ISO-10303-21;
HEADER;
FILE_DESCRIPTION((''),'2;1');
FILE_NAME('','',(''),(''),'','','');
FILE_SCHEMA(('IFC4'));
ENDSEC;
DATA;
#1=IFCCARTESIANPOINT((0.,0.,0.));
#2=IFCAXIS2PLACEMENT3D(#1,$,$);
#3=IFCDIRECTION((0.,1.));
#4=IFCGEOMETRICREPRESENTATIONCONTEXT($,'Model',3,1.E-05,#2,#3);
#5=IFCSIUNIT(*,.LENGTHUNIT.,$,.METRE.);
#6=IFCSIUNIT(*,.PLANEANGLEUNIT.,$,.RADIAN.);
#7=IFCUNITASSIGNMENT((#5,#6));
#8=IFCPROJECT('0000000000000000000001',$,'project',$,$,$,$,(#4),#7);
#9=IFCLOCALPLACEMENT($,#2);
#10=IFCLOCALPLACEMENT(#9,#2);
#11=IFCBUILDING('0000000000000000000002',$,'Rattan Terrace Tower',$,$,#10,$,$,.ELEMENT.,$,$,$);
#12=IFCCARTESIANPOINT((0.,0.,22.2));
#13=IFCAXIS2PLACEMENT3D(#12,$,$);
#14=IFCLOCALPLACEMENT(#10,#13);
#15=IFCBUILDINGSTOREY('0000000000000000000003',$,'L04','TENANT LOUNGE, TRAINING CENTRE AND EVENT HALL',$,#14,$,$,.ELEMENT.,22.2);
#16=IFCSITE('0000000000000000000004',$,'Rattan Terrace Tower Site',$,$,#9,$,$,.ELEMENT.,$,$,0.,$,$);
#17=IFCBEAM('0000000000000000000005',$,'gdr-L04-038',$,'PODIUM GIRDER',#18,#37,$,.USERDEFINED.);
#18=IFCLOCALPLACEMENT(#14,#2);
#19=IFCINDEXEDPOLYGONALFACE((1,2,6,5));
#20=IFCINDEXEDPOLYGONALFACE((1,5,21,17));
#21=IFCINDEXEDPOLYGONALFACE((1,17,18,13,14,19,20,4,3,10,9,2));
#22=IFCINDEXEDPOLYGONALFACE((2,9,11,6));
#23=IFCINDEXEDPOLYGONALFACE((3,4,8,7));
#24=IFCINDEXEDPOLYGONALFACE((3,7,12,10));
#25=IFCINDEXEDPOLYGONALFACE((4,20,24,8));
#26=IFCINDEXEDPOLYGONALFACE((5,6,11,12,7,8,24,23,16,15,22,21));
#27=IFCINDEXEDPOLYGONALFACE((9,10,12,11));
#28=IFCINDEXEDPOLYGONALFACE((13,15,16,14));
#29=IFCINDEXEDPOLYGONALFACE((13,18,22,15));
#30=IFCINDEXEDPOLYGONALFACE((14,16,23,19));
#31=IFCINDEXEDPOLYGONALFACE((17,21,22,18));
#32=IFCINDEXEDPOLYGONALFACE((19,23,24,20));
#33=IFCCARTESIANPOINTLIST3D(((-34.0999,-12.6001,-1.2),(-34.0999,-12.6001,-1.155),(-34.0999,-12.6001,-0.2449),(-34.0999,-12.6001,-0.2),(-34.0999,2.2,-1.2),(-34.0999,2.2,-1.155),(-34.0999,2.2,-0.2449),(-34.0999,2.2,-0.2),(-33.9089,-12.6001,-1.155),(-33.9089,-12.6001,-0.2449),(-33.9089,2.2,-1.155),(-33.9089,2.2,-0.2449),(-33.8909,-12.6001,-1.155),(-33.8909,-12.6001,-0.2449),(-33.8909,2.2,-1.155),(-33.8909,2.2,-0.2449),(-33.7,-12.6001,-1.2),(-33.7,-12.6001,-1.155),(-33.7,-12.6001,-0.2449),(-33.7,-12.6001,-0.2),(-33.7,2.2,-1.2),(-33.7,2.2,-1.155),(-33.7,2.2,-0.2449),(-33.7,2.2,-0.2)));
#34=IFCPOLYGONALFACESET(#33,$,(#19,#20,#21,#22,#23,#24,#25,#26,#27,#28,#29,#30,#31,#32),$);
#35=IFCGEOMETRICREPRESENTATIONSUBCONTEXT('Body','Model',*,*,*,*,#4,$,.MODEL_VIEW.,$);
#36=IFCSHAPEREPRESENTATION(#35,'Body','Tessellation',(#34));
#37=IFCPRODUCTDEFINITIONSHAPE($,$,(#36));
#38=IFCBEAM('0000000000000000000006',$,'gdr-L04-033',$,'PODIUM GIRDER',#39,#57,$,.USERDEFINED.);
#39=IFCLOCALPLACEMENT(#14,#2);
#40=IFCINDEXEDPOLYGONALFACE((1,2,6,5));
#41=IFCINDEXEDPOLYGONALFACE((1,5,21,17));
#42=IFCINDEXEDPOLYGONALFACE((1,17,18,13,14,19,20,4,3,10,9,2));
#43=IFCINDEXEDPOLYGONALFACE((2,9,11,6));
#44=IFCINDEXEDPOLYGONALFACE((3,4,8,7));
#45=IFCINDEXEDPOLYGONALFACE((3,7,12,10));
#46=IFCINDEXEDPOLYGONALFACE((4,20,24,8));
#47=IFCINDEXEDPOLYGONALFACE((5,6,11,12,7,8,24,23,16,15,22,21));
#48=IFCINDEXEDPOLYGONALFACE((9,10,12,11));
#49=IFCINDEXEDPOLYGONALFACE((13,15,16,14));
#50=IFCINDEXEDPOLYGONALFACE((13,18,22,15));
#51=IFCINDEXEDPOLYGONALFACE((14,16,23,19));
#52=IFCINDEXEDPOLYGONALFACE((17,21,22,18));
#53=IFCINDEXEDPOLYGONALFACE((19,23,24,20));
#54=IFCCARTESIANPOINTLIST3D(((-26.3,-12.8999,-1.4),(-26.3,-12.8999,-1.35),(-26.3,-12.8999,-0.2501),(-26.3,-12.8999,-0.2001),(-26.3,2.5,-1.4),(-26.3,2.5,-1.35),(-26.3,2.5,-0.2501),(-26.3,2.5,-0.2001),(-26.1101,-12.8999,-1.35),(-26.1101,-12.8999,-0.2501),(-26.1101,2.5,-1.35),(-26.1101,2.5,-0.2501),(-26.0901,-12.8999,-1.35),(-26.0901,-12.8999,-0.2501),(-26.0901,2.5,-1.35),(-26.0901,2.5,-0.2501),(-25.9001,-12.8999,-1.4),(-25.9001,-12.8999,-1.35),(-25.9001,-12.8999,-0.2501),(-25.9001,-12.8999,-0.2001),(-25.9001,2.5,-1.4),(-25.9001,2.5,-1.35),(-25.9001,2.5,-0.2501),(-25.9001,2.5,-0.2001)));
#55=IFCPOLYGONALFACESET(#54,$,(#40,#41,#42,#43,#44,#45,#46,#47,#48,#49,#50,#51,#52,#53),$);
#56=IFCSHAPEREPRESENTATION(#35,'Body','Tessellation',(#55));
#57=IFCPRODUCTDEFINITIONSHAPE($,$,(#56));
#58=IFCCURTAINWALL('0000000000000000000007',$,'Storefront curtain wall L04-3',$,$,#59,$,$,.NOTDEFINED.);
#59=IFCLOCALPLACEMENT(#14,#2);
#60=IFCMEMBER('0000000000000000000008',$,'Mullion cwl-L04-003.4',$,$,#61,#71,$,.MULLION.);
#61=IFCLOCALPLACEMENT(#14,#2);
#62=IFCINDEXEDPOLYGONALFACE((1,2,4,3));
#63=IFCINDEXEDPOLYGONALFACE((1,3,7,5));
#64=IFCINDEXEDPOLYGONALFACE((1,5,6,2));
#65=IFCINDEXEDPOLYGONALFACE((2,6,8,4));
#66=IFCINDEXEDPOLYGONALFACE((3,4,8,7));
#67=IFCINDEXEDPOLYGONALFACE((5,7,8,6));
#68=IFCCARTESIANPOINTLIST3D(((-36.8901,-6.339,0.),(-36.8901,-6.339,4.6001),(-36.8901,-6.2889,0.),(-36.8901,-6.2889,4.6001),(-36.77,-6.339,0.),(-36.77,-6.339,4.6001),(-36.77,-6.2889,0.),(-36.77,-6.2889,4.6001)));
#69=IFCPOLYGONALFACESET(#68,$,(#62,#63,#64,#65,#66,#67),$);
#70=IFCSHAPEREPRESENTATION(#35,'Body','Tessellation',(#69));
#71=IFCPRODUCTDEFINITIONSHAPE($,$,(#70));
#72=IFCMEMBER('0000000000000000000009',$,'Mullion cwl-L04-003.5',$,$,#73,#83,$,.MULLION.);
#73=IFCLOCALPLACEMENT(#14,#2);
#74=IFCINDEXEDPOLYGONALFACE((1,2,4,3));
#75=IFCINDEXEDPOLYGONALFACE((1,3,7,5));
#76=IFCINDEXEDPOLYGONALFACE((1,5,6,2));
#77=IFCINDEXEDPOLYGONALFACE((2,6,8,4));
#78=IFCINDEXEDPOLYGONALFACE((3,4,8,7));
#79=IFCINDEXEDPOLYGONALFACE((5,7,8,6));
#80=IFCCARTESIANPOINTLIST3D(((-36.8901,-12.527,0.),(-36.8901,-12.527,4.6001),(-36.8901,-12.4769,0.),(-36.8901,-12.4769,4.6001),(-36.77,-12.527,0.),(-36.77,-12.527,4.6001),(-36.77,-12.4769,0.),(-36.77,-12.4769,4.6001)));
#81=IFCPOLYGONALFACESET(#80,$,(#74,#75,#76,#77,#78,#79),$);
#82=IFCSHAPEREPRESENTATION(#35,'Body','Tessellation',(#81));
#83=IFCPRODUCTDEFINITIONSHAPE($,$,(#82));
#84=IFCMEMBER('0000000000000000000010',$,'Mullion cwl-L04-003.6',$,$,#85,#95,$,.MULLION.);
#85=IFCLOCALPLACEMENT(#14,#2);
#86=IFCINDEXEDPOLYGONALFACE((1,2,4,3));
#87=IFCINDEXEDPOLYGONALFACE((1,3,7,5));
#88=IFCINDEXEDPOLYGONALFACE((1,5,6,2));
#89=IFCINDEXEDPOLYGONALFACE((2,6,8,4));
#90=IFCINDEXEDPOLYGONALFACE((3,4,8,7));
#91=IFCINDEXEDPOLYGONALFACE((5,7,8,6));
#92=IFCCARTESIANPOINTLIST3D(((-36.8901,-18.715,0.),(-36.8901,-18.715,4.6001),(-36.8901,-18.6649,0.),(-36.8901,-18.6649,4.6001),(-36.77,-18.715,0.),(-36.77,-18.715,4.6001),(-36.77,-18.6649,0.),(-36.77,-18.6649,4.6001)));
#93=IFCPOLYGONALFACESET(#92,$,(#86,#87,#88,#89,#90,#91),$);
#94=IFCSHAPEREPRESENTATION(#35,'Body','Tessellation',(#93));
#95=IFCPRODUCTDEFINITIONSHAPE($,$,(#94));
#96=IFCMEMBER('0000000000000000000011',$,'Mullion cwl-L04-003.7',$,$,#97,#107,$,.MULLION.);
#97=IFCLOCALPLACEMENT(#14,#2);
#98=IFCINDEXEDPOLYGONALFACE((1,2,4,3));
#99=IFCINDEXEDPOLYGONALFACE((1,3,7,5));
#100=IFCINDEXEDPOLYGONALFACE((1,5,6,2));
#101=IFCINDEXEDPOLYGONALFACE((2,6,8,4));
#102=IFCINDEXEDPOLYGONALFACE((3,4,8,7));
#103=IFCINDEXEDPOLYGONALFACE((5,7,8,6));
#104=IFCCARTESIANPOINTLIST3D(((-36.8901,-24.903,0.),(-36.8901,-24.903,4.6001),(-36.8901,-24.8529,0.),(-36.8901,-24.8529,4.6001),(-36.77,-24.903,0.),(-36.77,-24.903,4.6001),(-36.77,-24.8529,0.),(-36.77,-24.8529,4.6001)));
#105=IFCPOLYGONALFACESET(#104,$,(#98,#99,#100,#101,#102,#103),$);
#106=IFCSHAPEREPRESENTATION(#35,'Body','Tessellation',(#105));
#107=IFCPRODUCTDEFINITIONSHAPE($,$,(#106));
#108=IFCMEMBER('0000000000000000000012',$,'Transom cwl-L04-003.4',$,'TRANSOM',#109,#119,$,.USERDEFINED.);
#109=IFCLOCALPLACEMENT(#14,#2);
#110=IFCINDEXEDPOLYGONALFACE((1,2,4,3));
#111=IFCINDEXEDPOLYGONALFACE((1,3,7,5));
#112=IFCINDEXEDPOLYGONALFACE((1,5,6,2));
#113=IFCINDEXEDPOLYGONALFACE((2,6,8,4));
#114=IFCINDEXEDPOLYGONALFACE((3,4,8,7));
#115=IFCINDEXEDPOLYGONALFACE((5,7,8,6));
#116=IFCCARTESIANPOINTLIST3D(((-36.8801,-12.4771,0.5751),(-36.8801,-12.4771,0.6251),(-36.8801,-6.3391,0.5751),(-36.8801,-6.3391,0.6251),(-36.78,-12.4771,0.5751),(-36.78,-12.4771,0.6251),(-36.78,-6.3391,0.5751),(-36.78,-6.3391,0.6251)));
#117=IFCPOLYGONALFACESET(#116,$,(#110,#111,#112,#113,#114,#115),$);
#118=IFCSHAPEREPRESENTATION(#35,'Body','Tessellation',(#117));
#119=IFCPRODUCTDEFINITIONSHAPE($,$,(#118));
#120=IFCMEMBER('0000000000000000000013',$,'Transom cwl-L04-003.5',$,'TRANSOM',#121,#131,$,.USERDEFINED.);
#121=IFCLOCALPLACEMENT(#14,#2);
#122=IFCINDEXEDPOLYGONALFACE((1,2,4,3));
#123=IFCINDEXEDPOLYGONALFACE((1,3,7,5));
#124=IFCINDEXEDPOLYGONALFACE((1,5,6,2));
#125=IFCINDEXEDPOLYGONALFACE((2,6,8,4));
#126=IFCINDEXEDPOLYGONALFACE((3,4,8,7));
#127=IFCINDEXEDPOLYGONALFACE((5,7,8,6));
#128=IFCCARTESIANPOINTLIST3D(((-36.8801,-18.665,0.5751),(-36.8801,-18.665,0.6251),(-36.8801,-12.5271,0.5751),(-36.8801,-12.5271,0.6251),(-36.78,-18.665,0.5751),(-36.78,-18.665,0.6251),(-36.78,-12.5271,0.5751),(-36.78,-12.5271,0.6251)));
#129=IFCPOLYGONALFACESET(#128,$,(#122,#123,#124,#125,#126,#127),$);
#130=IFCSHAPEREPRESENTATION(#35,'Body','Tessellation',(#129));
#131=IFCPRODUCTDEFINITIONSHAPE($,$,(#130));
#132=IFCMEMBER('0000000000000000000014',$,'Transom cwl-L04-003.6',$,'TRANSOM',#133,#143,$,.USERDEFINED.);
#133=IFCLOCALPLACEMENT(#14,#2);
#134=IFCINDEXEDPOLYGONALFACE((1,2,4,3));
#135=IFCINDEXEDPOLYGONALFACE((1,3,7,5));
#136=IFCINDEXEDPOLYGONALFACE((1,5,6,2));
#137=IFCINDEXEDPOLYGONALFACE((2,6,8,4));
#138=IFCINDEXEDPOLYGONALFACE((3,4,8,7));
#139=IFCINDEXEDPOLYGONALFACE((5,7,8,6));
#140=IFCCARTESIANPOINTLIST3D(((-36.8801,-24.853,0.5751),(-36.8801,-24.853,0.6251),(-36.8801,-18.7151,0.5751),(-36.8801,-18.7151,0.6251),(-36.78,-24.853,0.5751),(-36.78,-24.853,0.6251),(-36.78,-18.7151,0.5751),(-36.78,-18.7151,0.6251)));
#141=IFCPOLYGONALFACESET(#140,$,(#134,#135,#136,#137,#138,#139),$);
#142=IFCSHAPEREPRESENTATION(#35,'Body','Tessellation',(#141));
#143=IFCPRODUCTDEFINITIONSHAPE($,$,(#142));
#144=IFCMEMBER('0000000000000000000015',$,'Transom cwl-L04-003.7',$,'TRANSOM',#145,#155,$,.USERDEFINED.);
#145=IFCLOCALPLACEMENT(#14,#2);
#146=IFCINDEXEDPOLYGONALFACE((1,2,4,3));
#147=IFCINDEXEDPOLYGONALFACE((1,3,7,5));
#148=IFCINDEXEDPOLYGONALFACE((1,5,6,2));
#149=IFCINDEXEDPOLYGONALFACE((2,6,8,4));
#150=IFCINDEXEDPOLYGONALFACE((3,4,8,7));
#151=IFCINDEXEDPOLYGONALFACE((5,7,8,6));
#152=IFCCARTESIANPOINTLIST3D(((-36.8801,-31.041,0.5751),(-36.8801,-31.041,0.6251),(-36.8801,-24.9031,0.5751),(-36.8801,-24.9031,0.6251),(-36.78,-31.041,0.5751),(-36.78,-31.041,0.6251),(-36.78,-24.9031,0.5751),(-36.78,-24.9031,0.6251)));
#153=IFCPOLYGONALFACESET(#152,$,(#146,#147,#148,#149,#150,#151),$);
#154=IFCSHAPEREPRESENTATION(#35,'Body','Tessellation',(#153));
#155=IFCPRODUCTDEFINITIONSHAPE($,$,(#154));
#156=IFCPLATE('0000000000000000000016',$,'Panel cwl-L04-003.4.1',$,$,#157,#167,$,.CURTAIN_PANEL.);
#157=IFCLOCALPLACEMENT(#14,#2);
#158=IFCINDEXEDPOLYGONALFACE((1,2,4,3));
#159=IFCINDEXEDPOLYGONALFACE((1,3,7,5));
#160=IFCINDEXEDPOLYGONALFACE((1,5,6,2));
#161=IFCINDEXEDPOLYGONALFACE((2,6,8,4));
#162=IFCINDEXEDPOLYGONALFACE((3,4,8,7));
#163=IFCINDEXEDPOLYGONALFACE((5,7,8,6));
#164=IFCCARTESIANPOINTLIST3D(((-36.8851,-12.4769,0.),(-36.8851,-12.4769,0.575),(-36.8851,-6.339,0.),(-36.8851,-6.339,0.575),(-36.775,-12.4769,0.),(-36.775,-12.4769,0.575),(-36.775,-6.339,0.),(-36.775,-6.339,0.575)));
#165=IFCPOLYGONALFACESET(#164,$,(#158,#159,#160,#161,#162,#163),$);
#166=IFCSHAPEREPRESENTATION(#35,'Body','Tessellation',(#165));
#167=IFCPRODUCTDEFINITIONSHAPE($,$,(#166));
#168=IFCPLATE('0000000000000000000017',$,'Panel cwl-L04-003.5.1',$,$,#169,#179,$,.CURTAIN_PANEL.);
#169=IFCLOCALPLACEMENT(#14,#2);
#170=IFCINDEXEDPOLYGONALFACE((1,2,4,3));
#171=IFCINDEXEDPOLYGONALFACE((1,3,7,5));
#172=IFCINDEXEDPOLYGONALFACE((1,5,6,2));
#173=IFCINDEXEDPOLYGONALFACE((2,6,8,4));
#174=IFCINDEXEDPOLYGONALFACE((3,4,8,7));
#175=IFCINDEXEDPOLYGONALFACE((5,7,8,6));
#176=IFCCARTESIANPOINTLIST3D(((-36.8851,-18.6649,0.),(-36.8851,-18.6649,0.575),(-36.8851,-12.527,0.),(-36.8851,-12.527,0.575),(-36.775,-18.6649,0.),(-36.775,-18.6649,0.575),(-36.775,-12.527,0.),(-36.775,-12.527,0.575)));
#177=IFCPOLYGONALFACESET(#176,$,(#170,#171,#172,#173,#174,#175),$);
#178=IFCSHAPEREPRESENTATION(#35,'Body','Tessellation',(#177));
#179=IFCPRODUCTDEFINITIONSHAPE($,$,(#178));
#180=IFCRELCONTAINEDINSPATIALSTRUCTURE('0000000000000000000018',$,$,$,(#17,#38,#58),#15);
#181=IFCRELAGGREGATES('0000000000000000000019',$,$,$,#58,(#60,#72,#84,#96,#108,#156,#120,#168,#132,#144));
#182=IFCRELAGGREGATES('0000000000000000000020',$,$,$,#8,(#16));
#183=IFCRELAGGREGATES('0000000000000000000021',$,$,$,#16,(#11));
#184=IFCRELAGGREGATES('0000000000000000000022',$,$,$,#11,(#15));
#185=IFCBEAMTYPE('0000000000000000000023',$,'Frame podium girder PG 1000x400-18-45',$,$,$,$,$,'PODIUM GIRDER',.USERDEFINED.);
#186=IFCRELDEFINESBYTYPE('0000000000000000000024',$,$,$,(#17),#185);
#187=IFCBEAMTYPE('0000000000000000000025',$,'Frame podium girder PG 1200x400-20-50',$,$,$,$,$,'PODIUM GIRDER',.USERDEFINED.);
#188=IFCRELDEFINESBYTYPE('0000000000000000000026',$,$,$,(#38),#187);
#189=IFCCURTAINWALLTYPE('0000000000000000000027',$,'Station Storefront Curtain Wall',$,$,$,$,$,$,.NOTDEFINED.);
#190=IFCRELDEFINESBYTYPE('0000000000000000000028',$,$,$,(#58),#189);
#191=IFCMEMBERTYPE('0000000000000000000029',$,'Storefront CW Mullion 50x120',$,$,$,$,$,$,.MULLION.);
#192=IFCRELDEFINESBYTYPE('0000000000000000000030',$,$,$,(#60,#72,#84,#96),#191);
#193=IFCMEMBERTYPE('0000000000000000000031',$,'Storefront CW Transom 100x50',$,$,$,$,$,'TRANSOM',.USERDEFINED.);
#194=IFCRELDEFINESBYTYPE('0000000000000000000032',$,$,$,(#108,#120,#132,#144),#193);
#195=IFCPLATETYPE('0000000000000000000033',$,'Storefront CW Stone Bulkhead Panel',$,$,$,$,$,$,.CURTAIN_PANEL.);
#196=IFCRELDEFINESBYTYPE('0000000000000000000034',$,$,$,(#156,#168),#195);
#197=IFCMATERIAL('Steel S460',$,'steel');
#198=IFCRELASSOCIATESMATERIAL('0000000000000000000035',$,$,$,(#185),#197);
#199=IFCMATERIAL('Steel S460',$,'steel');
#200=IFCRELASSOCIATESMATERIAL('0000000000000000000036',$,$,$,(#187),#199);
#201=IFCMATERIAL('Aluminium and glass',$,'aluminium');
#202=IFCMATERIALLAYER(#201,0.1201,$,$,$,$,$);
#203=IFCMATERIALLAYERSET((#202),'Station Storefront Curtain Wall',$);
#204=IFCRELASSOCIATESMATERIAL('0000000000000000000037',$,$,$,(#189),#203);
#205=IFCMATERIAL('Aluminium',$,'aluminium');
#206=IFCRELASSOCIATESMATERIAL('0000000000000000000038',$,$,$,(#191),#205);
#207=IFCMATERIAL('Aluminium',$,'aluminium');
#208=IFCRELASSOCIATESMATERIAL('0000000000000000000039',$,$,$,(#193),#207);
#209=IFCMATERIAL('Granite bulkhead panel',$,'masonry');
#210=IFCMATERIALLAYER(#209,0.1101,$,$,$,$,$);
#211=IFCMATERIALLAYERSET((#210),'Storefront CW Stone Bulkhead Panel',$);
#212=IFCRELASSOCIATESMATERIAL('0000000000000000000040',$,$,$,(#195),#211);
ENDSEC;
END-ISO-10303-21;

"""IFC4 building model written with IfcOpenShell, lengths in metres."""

from ifc_helpers import new_model, si_unit, direction, frame, origin, origin_2d, place, context, subcontext, project, spatial, rectangle, i_section, extrude, material, layer, layer_set, material_profile, profile_set, type_object, element, aggregate, save


model = new_model("IFC4")

# Units and contexts
model_context = context("Model", 3, precision=1e-05, world=origin(), true_north=direction((0.0, 1.0)))
body_context = subcontext(model_context, "Body", "Model", "MODEL_VIEW")
ifc_project = project(units=[si_unit("LENGTHUNIT", "METRE"), si_unit("PLANEANGLEUNIT", "RADIAN")], contexts=[model_context])

# Site, building, storey
site_placement = place(None, origin())
site = spatial("IfcSite", under=ifc_project, at=site_placement, Name="Rattan Terrace Tower Site", CompositionType="ELEMENT", RefElevation=0.0)
building_placement = place(site_placement, origin())
building = spatial("IfcBuilding", under=site, at=building_placement, Name="Rattan Terrace Tower", CompositionType="ELEMENT")
storey_placement = place(building_placement, frame((0.0, 0.0, 22.2)))
storey = spatial("IfcBuildingStorey", under=building, at=storey_placement, Name="L04", Description="TENANT LOUNGE, TRAINING CENTRE AND EVENT HALL", CompositionType="ELEMENT", Elevation=22.2)

# Beams
ifc_material_1 = material(Name="Steel S460", Category="steel")
ifc_material_profile_1 = material_profile(ifc_material_1, i_section(OverallWidth=0.3999, OverallDepth=1.0, WebThickness=0.0181, FlangeThickness=0.0449, at=origin_2d()), Name="PG 1000x400-18-45")
ifc_profile_set_1 = profile_set([ifc_material_profile_1], Name="Steel S460")
beam_type_1 = type_object("IfcBeamType", Name="Frame podium girder PG 1000x400-18-45", ElementType="PODIUM GIRDER", PredefinedType="USERDEFINED", material=ifc_profile_set_1)
beam_1_placement = place(storey_placement, frame((-33.8999, -12.6001, -0.7), z_axis=(0.0, 1.0, 0.0), x_axis=(-1.0, 0.0, 0.0)))
element("IfcBeam", 1, at=beam_1_placement, inside=storey, type_object=beam_type_1, Name="gdr-L04-038", ObjectType="PODIUM GIRDER", PredefinedType="USERDEFINED", context=body_context, shape_type="SweptSolid", body=[
    extrude(i_section(OverallWidth=0.3999, OverallDepth=1.0, WebThickness=0.0181, FlangeThickness=0.0449, at=origin_2d()), origin(), (0.0, 0.0, 1.0), 14.8),
])
ifc_material_2 = material(Name="Steel S460", Category="steel")
ifc_material_profile_2 = material_profile(ifc_material_2, i_section(OverallWidth=0.3999, OverallDepth=1.2, WebThickness=0.02, FlangeThickness=0.05, at=origin_2d()), Name="PG 1200x400-20-50")
ifc_profile_set_2 = profile_set([ifc_material_profile_2], Name="Steel S460")
beam_type_2 = type_object("IfcBeamType", Name="Frame podium girder PG 1200x400-20-50", ElementType="PODIUM GIRDER", PredefinedType="USERDEFINED", material=ifc_profile_set_2)
beam_2_placement = place(storey_placement, frame((-26.1001, -12.8999, -0.8), z_axis=(0.0, 1.0, 0.0), x_axis=(-1.0, 0.0, 0.0)))
element("IfcBeam", 2, at=beam_2_placement, inside=storey, type_object=beam_type_2, Name="gdr-L04-033", ObjectType="PODIUM GIRDER", PredefinedType="USERDEFINED", context=body_context, shape_type="SweptSolid", body=[
    extrude(i_section(OverallWidth=0.3999, OverallDepth=1.2, WebThickness=0.02, FlangeThickness=0.05, at=origin_2d()), origin(), (0.0, 0.0, 1.0), 15.3999),
])

# Curtain wall, members, plates
ifc_material_3 = material(Name="Aluminium and glass", Category="aluminium")
ifc_layer_1 = layer(ifc_material_3, 0.1201)
ifc_layer_set_1 = layer_set([ifc_layer_1], Name="Station Storefront Curtain Wall")
curtain_wall_type = type_object("IfcCurtainWallType", Name="Station Storefront Curtain Wall", PredefinedType="NOTDEFINED", material=ifc_layer_set_1)
curtain_wall_placement = place(storey_placement, origin())
curtain_wall = element("IfcCurtainWall", 3, at=curtain_wall_placement, inside=storey, type_object=curtain_wall_type, Name="Storefront curtain wall L04-3", PredefinedType="NOTDEFINED")
ifc_material_4 = material(Name="Aluminium", Category="aluminium")
ifc_material_profile_3 = material_profile(ifc_material_4, rectangle(XDim=0.05, YDim=0.1201, at=origin_2d()), Name="Aluminium 50x120")
ifc_profile_set_3 = profile_set([ifc_material_profile_3], Name="Aluminium")
member_type_1 = type_object("IfcMemberType", Name="Storefront CW Mullion 50x120", PredefinedType="MULLION", material=ifc_profile_set_3)
member_1_placement = place(storey_placement, frame((-36.8301, -6.314, 0.0), z_axis=(0.0, 0.0, 1.0), x_axis=(0.0, -1.0, 0.0)))
member_1 = element("IfcMember", 4, at=member_1_placement, type_object=member_type_1, Name="Mullion cwl-L04-003.4", PredefinedType="MULLION", context=body_context, shape_type="SweptSolid", body=[
    extrude(rectangle(XDim=0.05, YDim=0.1201, at=origin_2d()), origin(), (0.0, 0.0, 1.0), 4.6001),
])
member_2_placement = place(storey_placement, frame((-36.8301, -12.502, 0.0), z_axis=(0.0, 0.0, 1.0), x_axis=(0.0, -1.0, 0.0)))
member_2 = element("IfcMember", 5, at=member_2_placement, type_object=member_type_1, Name="Mullion cwl-L04-003.5", PredefinedType="MULLION", context=body_context, shape_type="SweptSolid", body=[
    extrude(rectangle(XDim=0.05, YDim=0.1201, at=origin_2d()), origin(), (0.0, 0.0, 1.0), 4.6001),
])
member_3_placement = place(storey_placement, frame((-36.8301, -18.6899, 0.0), z_axis=(0.0, 0.0, 1.0), x_axis=(0.0, -1.0, 0.0)))
member_3 = element("IfcMember", 6, at=member_3_placement, type_object=member_type_1, Name="Mullion cwl-L04-003.6", PredefinedType="MULLION", context=body_context, shape_type="SweptSolid", body=[
    extrude(rectangle(XDim=0.05, YDim=0.1201, at=origin_2d()), origin(), (0.0, 0.0, 1.0), 4.6001),
])
member_4_placement = place(storey_placement, frame((-36.8301, -24.8779, 0.0), z_axis=(0.0, 0.0, 1.0), x_axis=(0.0, -1.0, 0.0)))
member_4 = element("IfcMember", 7, at=member_4_placement, type_object=member_type_1, Name="Mullion cwl-L04-003.7", PredefinedType="MULLION", context=body_context, shape_type="SweptSolid", body=[
    extrude(rectangle(XDim=0.05, YDim=0.1201, at=origin_2d()), origin(), (0.0, 0.0, 1.0), 4.6001),
])
ifc_material_5 = material(Name="Aluminium", Category="aluminium")
ifc_material_profile_4 = material_profile(ifc_material_5, rectangle(XDim=0.1001, YDim=0.05, at=origin_2d()), Name="Aluminium 100x50")
ifc_profile_set_4 = profile_set([ifc_material_profile_4], Name="Aluminium")
member_type_2 = type_object("IfcMemberType", Name="Storefront CW Transom 100x50", ElementType="TRANSOM", PredefinedType="USERDEFINED", material=ifc_profile_set_4)
member_5_placement = place(storey_placement, frame((-36.8301, -6.3391, 0.6001), z_axis=(0.0, -1.0, 0.0), x_axis=(1.0, 0.0, 0.0)))
member_5 = element("IfcMember", 8, at=member_5_placement, type_object=member_type_2, Name="Transom cwl-L04-003.4", ObjectType="TRANSOM", PredefinedType="USERDEFINED", context=body_context, shape_type="SweptSolid", body=[
    extrude(rectangle(XDim=0.1001, YDim=0.05, at=origin_2d()), origin(), (0.0, 0.0, 1.0), 6.1379),
])
member_6_placement = place(storey_placement, frame((-36.8301, -12.5271, 0.6001), z_axis=(0.0, -1.0, 0.0), x_axis=(1.0, 0.0, 0.0)))
member_6 = element("IfcMember", 9, at=member_6_placement, type_object=member_type_2, Name="Transom cwl-L04-003.5", ObjectType="TRANSOM", PredefinedType="USERDEFINED", context=body_context, shape_type="SweptSolid", body=[
    extrude(rectangle(XDim=0.1001, YDim=0.05, at=origin_2d()), origin(), (0.0, 0.0, 1.0), 6.1379),
])
member_7_placement = place(storey_placement, frame((-36.8301, -18.7151, 0.6001), z_axis=(0.0, -1.0, 0.0), x_axis=(1.0, 0.0, 0.0)))
member_7 = element("IfcMember", 10, at=member_7_placement, type_object=member_type_2, Name="Transom cwl-L04-003.6", ObjectType="TRANSOM", PredefinedType="USERDEFINED", context=body_context, shape_type="SweptSolid", body=[
    extrude(rectangle(XDim=0.1001, YDim=0.05, at=origin_2d()), origin(), (0.0, 0.0, 1.0), 6.1379),
])
member_8_placement = place(storey_placement, frame((-36.8301, -24.9031, 0.6001), z_axis=(0.0, -1.0, 0.0), x_axis=(1.0, 0.0, 0.0)))
member_8 = element("IfcMember", 11, at=member_8_placement, type_object=member_type_2, Name="Transom cwl-L04-003.7", ObjectType="TRANSOM", PredefinedType="USERDEFINED", context=body_context, shape_type="SweptSolid", body=[
    extrude(rectangle(XDim=0.1001, YDim=0.05, at=origin_2d()), origin(), (0.0, 0.0, 1.0), 6.1379),
])
ifc_material_6 = material(Name="Granite bulkhead panel", Category="masonry")
ifc_layer_2 = layer(ifc_material_6, 0.1101)
ifc_layer_set_2 = layer_set([ifc_layer_2], Name="Storefront CW Stone Bulkhead Panel")
plate_type_1 = type_object("IfcPlateType", Name="Storefront CW Stone Bulkhead Panel", PredefinedType="CURTAIN_PANEL", material=ifc_layer_set_2)
plate_1_placement = place(storey_placement, frame((-36.8301, -9.408, 0.0), z_axis=(0.0, 0.0, 1.0), x_axis=(0.0, -1.0, 0.0)))
plate_1 = element("IfcPlate", 12, at=plate_1_placement, type_object=plate_type_1, Name="Panel cwl-L04-003.4.1", PredefinedType="CURTAIN_PANEL", context=body_context, shape_type="SweptSolid", body=[
    extrude(rectangle(XDim=6.1379, YDim=0.1101, at=origin_2d()), origin(), (0.0, 0.0, 1.0), 0.575),
])
plate_2_placement = place(storey_placement, frame((-36.8301, -15.5959, 0.0), z_axis=(0.0, 0.0, 1.0), x_axis=(0.0, -1.0, 0.0)))
plate_2 = element("IfcPlate", 13, at=plate_2_placement, type_object=plate_type_1, Name="Panel cwl-L04-003.5.1", PredefinedType="CURTAIN_PANEL", context=body_context, shape_type="SweptSolid", body=[
    extrude(rectangle(XDim=6.1379, YDim=0.1101, at=origin_2d()), origin(), (0.0, 0.0, 1.0), 0.575),
])
aggregate(curtain_wall, [member_1, member_2, member_3, member_4, member_5, plate_1, member_6, plate_2, member_7, member_8])

save(model, "model.ifc")
